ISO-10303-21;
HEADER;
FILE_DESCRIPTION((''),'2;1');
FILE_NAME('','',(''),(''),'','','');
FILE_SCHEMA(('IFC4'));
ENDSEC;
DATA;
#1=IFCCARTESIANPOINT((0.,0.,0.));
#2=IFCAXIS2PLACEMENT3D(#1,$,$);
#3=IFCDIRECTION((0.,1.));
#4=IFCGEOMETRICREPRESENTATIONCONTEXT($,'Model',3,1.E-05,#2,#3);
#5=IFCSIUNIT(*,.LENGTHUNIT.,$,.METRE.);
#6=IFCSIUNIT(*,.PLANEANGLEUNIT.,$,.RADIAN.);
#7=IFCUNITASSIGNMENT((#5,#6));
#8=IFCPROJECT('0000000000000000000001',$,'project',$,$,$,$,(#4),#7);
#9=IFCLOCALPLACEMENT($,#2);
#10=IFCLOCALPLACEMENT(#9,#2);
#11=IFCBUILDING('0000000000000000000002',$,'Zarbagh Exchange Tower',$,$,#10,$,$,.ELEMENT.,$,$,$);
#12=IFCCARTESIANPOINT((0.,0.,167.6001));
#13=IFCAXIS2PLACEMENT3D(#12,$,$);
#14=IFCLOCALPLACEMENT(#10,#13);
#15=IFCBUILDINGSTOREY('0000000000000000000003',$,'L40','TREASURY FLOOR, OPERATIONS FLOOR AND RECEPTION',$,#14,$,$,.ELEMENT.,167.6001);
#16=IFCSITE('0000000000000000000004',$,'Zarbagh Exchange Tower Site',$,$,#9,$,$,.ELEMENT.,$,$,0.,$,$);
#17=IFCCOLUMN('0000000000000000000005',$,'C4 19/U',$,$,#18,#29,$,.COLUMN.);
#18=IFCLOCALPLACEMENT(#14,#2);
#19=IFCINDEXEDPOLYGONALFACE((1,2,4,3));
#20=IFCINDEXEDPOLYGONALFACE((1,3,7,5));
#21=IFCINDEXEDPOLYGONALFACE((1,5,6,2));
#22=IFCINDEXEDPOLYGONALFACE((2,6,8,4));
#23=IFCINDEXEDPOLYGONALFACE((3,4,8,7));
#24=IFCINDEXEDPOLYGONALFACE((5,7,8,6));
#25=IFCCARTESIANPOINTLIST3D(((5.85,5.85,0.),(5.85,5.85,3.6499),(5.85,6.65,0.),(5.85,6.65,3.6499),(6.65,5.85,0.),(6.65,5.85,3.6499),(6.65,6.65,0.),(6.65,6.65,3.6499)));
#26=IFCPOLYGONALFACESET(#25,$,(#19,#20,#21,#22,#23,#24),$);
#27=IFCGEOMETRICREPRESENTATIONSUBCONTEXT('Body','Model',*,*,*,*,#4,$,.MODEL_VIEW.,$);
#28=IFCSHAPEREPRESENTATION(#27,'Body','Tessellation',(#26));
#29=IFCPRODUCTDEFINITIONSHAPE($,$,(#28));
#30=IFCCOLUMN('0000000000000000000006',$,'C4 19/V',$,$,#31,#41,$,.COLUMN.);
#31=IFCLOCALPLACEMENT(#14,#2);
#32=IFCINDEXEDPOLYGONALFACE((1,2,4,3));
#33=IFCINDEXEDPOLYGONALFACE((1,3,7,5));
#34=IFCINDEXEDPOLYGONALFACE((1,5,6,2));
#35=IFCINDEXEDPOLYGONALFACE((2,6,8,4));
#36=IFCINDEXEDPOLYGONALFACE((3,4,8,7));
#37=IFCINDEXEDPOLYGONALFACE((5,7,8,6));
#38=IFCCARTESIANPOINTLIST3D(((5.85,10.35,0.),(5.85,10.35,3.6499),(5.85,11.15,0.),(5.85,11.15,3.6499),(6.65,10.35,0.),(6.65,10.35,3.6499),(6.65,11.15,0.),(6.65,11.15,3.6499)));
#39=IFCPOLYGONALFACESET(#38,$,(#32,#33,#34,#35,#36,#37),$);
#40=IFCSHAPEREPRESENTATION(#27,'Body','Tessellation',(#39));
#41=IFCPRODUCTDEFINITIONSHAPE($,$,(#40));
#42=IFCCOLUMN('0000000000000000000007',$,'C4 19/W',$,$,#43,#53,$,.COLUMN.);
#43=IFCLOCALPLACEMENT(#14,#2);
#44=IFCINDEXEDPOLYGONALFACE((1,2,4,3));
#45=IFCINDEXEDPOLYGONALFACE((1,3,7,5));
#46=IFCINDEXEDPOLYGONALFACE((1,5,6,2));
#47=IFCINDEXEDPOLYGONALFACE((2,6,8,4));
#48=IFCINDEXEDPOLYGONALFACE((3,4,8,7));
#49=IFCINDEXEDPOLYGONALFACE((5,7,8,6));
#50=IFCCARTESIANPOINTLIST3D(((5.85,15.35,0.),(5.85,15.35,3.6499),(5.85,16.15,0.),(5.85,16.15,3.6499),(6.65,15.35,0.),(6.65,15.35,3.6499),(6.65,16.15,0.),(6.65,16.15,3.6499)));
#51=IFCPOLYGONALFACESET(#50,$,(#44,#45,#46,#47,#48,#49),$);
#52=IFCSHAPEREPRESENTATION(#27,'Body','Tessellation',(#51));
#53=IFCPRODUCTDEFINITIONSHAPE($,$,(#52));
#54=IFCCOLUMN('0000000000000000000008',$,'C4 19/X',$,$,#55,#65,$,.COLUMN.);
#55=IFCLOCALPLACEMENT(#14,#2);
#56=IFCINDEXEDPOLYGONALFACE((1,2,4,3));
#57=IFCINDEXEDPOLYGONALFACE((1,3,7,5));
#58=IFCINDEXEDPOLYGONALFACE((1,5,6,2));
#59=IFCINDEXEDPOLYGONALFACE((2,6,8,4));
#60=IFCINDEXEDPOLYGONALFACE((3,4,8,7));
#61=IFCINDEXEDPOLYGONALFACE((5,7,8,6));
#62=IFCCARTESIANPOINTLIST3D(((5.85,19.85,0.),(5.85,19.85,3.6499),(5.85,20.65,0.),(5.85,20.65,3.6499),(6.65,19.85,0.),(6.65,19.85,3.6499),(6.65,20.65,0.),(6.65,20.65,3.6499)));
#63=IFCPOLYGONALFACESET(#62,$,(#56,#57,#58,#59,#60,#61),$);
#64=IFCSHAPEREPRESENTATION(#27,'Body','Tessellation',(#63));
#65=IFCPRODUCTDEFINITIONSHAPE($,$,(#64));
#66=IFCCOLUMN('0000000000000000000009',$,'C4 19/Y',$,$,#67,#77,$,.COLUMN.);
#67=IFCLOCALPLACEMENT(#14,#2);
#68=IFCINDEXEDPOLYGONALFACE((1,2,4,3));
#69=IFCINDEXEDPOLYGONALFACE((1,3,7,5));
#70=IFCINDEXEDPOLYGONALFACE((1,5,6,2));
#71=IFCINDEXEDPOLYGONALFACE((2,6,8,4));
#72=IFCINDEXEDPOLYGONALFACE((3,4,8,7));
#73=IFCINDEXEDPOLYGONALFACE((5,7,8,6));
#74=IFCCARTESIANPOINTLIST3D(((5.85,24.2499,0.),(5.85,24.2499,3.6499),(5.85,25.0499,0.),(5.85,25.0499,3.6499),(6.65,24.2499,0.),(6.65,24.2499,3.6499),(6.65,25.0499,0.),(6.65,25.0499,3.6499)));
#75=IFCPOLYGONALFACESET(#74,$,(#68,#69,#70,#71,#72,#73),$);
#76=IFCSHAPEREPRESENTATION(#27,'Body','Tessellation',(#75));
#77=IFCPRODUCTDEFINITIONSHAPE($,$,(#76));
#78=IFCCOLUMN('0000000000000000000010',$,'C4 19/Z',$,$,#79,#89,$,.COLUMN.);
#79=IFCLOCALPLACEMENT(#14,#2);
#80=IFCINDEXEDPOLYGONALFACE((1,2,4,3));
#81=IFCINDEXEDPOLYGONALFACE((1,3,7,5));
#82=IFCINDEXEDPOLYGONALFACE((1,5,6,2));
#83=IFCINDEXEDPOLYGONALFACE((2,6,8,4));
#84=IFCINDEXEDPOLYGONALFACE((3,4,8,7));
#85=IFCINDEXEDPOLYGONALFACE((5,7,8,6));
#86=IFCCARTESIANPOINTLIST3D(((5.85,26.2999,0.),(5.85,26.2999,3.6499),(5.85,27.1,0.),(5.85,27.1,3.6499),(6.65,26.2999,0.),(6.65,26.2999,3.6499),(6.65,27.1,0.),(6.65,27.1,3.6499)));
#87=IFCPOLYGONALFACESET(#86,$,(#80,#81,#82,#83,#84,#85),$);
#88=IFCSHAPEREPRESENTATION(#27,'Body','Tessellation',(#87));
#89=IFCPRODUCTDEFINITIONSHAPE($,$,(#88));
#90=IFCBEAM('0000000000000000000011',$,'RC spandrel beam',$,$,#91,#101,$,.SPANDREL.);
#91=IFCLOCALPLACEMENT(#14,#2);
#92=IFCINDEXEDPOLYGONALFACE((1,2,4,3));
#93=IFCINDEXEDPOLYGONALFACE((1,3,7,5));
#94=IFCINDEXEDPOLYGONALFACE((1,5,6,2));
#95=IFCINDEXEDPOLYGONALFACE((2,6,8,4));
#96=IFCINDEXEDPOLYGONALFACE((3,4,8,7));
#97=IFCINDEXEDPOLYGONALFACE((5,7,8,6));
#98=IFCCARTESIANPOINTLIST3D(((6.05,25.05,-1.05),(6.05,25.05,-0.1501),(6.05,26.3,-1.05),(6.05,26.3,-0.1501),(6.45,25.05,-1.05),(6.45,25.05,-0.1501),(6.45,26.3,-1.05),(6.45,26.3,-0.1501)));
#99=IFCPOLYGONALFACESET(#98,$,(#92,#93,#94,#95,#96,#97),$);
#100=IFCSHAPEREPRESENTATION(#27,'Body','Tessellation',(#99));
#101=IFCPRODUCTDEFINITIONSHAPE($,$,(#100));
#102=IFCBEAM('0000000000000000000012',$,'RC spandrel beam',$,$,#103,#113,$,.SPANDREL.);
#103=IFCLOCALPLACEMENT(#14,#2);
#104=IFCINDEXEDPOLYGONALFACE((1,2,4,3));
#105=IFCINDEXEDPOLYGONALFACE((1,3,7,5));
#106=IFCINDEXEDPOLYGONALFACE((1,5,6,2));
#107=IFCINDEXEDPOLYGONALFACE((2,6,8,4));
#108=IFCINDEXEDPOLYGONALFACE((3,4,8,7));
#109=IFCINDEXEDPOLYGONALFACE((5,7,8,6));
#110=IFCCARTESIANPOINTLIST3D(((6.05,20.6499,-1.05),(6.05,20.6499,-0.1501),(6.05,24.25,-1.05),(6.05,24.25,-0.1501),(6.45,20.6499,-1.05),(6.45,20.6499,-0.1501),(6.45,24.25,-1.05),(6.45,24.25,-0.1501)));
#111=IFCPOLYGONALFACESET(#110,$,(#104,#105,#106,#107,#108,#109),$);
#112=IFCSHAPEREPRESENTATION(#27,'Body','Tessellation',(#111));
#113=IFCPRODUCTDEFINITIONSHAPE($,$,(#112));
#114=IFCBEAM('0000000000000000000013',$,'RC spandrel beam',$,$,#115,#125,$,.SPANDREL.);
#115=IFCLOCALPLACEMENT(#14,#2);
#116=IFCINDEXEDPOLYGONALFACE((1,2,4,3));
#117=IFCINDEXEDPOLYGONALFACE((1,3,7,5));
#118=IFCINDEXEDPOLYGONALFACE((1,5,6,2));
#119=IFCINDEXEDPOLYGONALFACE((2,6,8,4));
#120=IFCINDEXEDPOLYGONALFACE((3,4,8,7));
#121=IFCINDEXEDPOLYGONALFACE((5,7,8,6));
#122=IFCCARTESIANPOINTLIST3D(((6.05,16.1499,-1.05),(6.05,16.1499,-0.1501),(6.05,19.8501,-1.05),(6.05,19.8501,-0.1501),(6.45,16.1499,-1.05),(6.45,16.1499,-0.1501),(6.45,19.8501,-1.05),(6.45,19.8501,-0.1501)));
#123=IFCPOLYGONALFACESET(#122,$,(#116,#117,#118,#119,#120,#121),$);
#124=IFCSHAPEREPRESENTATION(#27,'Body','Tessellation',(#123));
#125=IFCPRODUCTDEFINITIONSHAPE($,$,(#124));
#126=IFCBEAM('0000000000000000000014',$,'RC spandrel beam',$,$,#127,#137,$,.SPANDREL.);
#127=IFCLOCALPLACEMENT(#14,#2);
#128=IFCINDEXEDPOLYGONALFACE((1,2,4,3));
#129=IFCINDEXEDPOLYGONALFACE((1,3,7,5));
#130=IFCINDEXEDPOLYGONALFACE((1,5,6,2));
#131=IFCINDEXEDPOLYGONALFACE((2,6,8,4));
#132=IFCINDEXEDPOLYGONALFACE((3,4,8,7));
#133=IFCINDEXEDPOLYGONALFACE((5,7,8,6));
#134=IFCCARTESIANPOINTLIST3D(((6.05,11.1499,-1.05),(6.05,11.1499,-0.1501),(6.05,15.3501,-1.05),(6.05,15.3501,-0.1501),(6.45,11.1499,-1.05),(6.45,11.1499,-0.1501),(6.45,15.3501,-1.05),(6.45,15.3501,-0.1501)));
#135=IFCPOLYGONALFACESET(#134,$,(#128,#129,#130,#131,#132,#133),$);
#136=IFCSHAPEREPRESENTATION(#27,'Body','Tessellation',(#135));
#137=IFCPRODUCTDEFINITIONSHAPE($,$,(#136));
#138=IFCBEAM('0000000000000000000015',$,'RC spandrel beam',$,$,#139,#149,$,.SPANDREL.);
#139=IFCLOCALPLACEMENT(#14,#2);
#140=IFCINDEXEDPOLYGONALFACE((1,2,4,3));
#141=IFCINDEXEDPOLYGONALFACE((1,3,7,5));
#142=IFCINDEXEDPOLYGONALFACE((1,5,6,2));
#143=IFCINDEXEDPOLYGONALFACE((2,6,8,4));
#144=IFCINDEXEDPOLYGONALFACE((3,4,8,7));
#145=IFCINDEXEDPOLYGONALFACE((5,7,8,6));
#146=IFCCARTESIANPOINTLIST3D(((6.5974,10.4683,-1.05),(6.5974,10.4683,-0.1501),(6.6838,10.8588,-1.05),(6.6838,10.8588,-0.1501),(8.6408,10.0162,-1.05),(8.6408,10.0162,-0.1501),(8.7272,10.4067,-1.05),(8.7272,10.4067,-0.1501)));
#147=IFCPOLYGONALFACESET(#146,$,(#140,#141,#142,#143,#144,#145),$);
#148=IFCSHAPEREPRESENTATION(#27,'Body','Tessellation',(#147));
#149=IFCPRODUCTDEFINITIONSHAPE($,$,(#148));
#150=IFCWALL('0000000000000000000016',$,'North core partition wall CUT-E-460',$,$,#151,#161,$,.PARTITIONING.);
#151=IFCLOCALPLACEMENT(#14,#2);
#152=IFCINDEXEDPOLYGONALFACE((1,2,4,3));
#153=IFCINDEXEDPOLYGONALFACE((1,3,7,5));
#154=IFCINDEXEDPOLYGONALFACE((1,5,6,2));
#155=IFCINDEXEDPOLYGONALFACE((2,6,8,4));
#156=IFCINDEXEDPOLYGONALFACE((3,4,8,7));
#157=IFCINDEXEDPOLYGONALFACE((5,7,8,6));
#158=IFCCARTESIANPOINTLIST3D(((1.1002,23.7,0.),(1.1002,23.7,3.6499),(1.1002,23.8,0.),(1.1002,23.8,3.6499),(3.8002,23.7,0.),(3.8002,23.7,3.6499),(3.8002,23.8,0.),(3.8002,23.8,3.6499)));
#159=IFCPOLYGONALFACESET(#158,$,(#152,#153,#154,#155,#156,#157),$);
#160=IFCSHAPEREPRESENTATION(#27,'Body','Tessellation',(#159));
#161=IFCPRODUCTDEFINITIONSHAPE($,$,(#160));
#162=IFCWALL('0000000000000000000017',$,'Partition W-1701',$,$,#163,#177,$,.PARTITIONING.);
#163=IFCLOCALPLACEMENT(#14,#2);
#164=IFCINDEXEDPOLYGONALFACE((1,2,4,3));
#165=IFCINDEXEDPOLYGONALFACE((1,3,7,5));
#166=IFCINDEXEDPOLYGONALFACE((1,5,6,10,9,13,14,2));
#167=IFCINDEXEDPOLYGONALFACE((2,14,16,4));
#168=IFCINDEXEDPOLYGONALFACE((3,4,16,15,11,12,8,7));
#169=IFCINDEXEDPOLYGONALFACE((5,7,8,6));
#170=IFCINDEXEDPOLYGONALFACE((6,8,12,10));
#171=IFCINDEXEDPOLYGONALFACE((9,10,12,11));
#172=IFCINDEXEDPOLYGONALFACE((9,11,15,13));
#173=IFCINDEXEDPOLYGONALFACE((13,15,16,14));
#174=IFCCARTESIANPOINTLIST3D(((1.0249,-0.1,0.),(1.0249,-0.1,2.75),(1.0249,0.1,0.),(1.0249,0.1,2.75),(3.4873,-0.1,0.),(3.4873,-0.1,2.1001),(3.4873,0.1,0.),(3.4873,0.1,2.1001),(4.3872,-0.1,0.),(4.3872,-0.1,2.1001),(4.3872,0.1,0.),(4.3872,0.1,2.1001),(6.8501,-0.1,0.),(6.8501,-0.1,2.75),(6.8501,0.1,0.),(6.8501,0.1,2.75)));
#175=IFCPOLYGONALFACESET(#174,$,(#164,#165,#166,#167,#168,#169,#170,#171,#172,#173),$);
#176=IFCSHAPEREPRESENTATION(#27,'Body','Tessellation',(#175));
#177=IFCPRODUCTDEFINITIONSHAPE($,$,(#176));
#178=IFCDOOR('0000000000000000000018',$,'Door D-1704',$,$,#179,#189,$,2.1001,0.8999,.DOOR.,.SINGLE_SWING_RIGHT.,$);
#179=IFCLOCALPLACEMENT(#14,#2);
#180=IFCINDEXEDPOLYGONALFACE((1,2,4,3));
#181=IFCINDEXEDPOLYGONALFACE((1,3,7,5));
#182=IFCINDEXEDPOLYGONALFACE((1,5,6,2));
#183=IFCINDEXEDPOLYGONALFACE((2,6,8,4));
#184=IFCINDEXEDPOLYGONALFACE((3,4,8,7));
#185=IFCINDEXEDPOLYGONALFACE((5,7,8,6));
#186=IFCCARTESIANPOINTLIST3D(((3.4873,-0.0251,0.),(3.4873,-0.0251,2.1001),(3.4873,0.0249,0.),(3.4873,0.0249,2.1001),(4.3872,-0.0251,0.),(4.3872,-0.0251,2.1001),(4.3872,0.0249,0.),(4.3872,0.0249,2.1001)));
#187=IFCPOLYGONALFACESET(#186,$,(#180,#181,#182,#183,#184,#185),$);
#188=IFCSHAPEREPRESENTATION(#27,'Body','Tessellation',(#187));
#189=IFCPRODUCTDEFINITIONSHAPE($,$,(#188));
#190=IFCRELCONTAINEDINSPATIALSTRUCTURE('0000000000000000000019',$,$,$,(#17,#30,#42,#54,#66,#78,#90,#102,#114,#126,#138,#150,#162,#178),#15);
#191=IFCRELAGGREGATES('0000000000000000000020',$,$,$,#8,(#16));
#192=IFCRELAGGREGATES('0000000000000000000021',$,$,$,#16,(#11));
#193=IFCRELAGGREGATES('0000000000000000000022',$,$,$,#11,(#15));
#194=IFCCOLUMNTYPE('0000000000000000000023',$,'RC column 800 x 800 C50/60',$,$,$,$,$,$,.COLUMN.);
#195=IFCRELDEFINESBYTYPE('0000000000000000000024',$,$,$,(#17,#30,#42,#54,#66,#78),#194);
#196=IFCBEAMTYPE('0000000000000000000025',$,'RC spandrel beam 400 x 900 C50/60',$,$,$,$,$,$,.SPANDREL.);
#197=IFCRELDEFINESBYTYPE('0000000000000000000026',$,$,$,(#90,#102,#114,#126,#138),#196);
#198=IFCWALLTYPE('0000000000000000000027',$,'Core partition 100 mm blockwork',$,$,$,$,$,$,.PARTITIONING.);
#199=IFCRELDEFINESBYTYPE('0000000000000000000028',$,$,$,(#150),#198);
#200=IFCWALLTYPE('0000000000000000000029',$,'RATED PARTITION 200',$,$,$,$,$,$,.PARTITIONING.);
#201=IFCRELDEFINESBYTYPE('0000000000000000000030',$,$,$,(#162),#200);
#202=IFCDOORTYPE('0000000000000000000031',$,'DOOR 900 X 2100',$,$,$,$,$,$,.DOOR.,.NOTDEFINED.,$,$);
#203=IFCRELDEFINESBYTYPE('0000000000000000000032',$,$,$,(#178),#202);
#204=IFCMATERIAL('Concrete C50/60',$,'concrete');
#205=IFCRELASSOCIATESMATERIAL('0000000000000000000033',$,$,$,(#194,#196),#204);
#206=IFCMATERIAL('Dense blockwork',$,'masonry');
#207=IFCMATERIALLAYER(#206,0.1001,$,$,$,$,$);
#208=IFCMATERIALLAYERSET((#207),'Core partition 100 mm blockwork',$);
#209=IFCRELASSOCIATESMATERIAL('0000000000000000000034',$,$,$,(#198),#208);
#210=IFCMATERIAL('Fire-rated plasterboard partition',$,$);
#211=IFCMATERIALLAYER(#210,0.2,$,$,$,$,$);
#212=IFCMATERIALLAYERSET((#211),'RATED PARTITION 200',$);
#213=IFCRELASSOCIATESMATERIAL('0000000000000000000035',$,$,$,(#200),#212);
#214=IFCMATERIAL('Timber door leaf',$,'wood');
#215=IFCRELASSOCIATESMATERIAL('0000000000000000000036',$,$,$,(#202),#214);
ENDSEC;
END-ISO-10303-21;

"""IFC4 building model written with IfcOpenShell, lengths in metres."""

from ifc_helpers import new_model, si_unit, direction, frame, frame_2d, origin, origin_2d, place, context, subcontext, project, spatial, rectangle, extrude, material, layer, layer_set, material_profile, profile_set, type_object, element, fill, save


model = new_model("IFC4")

# Units and contexts
model_context = context("Model", 3, precision=1e-05, world=origin(), true_north=direction((0.0, 1.0)))
body_context = subcontext(model_context, "Body", "Model", "MODEL_VIEW")
ifc_project = project(units=[si_unit("LENGTHUNIT", "METRE"), si_unit("PLANEANGLEUNIT", "RADIAN")], contexts=[model_context])

# Site, building, storey
site_placement = place(None, origin())
site = spatial("IfcSite", under=ifc_project, at=site_placement, Name="Zarbagh Exchange Tower Site", CompositionType="ELEMENT", RefElevation=0.0)
building_placement = place(site_placement, origin())
building = spatial("IfcBuilding", under=site, at=building_placement, Name="Zarbagh Exchange Tower", CompositionType="ELEMENT")
storey_placement = place(building_placement, frame((0.0, 0.0, 167.6001)))
storey = spatial("IfcBuildingStorey", under=building, at=storey_placement, Name="L40", Description="TREASURY FLOOR, OPERATIONS FLOOR AND RECEPTION", CompositionType="ELEMENT", Elevation=167.6001)

# Columns
ifc_material_1 = material(Name="Concrete C50/60", Category="concrete")
ifc_material_profile_1 = material_profile(ifc_material_1, rectangle(XDim=0.8, YDim=0.8, at=origin_2d()), Name="RC column 800 x 800 C50/60")
ifc_profile_set_1 = profile_set([ifc_material_profile_1], Name="Concrete C50/60")
column_type = type_object("IfcColumnType", Name="RC column 800 x 800 C50/60", PredefinedType="COLUMN", material=ifc_profile_set_1)
for number, where, z_axis, x_axis, name in (
    (1, (6.25, 6.25, 0.0), (0.0, 0.0, 1.0), (1.0, 0.0, 0.0), "C4 19/U"),
    (2, (6.25, 10.75, 0.0), (0.0, 0.0, 1.0), (1.0, 0.0, 0.0), "C4 19/V"),
    (3, (6.25, 15.75, 0.0), (0.0, 0.0, 1.0), (1.0, 0.0, 0.0), "C4 19/W"),
    (4, (6.25, 20.25, 0.0), (0.0, 0.0, 1.0), (1.0, 0.0, 0.0), "C4 19/X"),
    (5, (6.25, 24.6499, 0.0), (0.0, 0.0, 1.0), (1.0, 0.0, 0.0), "C4 19/Y"),
    (6, (6.25, 26.7, 0.0), (0.0, 0.0, 1.0), (1.0, 0.0, 0.0), "C4 19/Z"),
):
    element("IfcColumn", number, at=place(storey_placement, frame(where, z_axis=z_axis, x_axis=x_axis)), inside=storey, type_object=column_type, Name=name, PredefinedType="COLUMN", context=body_context, shape_type="SweptSolid", body=[
        extrude(rectangle(XDim=0.8, YDim=0.8, at=origin_2d()), origin(), (0.0, 0.0, 1.0), 3.6499),
    ])

# Beams
ifc_material_profile_2 = material_profile(ifc_material_1, rectangle(XDim=0.3999, YDim=0.8999, at=origin_2d()), Name="RC spandrel beam 400 x 900 C50/60")
ifc_profile_set_2 = profile_set([ifc_material_profile_2], Name="Concrete C50/60")
beam_type = type_object("IfcBeamType", Name="RC spandrel beam 400 x 900 C50/60", PredefinedType="SPANDREL", material=ifc_profile_set_2)
beam_1_placement = place(storey_placement, frame((6.25, 26.3, -0.6001), z_axis=(0.0, -1.0, 0.0), x_axis=(1.0, 0.0, 0.0)))
element("IfcBeam", 7, at=beam_1_placement, inside=storey, type_object=beam_type, Name="RC spandrel beam", PredefinedType="SPANDREL", context=body_context, shape_type="SweptSolid", body=[
    extrude(rectangle(XDim=0.3999, YDim=0.8999, at=origin_2d()), origin(), (0.0, 0.0, 1.0), 1.25),
])
beam_2_placement = place(storey_placement, frame((6.25, 24.25, -0.6001), z_axis=(0.0, -1.0, 0.0), x_axis=(1.0, 0.0, 0.0)))
element("IfcBeam", 8, at=beam_2_placement, inside=storey, type_object=beam_type, Name="RC spandrel beam", PredefinedType="SPANDREL", context=body_context, shape_type="SweptSolid", body=[
    extrude(rectangle(XDim=0.3999, YDim=0.8999, at=origin_2d()), origin(), (0.0, 0.0, 1.0), 3.6001),
])
beam_3_placement = place(storey_placement, frame((6.25, 19.8501, -0.6001), z_axis=(0.0, -1.0, 0.0), x_axis=(1.0, 0.0, 0.0)))
element("IfcBeam", 9, at=beam_3_placement, inside=storey, type_object=beam_type, Name="RC spandrel beam", PredefinedType="SPANDREL", context=body_context, shape_type="SweptSolid", body=[
    extrude(rectangle(XDim=0.3999, YDim=0.8999, at=origin_2d()), origin(), (0.0, 0.0, 1.0), 3.7002),
])
beam_4_placement = place(storey_placement, frame((6.25, 15.3501, -0.6001), z_axis=(0.0, -1.0, 0.0), x_axis=(1.0, 0.0, 0.0)))
element("IfcBeam", 10, at=beam_4_placement, inside=storey, type_object=beam_type, Name="RC spandrel beam", PredefinedType="SPANDREL", context=body_context, shape_type="SweptSolid", body=[
    extrude(rectangle(XDim=0.3999, YDim=0.8999, at=origin_2d()), origin(), (0.0, 0.0, 1.0), 4.2002),
])
beam_5_placement = place(storey_placement, frame((6.6406, 10.6636, -0.6001), z_axis=(0.976384, -0.216041, 0.0), x_axis=(0.216041, 0.976384, 0.0)))
element("IfcBeam", 11, at=beam_5_placement, inside=storey, type_object=beam_type, Name="RC spandrel beam", PredefinedType="SPANDREL", context=body_context, shape_type="SweptSolid", body=[
    extrude(rectangle(XDim=0.3999, YDim=0.8999, at=origin_2d()), origin(), (0.0, 0.0, 1.0), 2.0928),
])

# Wall
ifc_material_2 = material(Name="Dense blockwork", Category="masonry")
ifc_layer_1 = layer(ifc_material_2, 0.1001)
ifc_layer_set_1 = layer_set([ifc_layer_1], Name="Core partition 100 mm blockwork")
wall_type_1 = type_object("IfcWallType", Name="Core partition 100 mm blockwork", PredefinedType="PARTITIONING", material=ifc_layer_set_1)
wall_1_placement = place(storey_placement, frame((1.1001, 23.75, 0.0), z_axis=(0.0, 0.0, 1.0), x_axis=(1.0, 0.0, 0.0)))
element("IfcWall", 12, at=wall_1_placement, inside=storey, type_object=wall_type_1, Name="North core partition wall CUT-E-460", PredefinedType="PARTITIONING", context=body_context, shape_type="SweptSolid", body=[
    extrude(rectangle(XDim=2.7, YDim=0.1001, at=frame_2d((1.3501, 0.0))), origin(), (0.0, 0.0, 1.0), 3.6499),
])

# Wall, opening, door
ifc_material_3 = material(Name="Fire-rated plasterboard partition")
ifc_layer_2 = layer(ifc_material_3, 0.2)
ifc_layer_set_2 = layer_set([ifc_layer_2], Name="RATED PARTITION 200")
wall_type_2 = type_object("IfcWallType", Name="RATED PARTITION 200", PredefinedType="PARTITIONING", material=ifc_layer_set_2)
wall_2_placement = place(storey_placement, frame((1.0249, 0.0, 0.0), z_axis=(0.0, 0.0, 1.0), x_axis=(1.0, 0.0, 0.0)))
wall_2 = element("IfcWall", 13, at=wall_2_placement, inside=storey, type_object=wall_type_2, Name="Partition W-1701", PredefinedType="PARTITIONING", context=body_context, shape_type="SweptSolid", body=[
    extrude(rectangle(XDim=5.8252, YDim=0.2, at=frame_2d((2.9126, 0.0))), origin(), (0.0, 0.0, 1.0), 2.75),
])
opening_1_placement = place(wall_2_placement, frame((2.4624, 0.0, 0.0)))
opening_1 = element("IfcOpeningElement", 14, at=opening_1_placement, cuts=wall_2, PredefinedType="OPENING", context=body_context, shape_type="SweptSolid", body=[
    extrude(rectangle(XDim=0.8999, YDim=2.1001, at=frame_2d((0.45, 1.05))), frame((0.0, 0.1099, 0.0), z_axis=(0.0, -1.0, 0.0), x_axis=(1.0, 0.0, 0.0)), (0.0, 0.0, 1.0), 0.22),
])
ifc_material_4 = material(Name="Timber door leaf", Category="wood")
door_type_1 = type_object("IfcDoorType", Name="DOOR 900 X 2100", OperationType="NOTDEFINED", PredefinedType="DOOR", material=ifc_material_4)
door_1_placement = place(opening_1_placement, origin())
door_1 = element("IfcDoor", 15, at=door_1_placement, inside=storey, type_object=door_type_1, Name="Door D-1704", OperationType="SINGLE_SWING_RIGHT", OverallHeight=2.1001, OverallWidth=0.8999, PredefinedType="DOOR", context=body_context, shape_type="SweptSolid", body=[
    extrude(rectangle(XDim=0.8999, YDim=2.1001, at=frame_2d((0.45, 1.05))), frame((0.0, 0.0249, 0.0), z_axis=(0.0, -1.0, 0.0), x_axis=(1.0, 0.0, 0.0)), (0.0, 0.0, 1.0), 0.05),
])
fill(opening_1, door_1)

save(model, "model.ifc")
